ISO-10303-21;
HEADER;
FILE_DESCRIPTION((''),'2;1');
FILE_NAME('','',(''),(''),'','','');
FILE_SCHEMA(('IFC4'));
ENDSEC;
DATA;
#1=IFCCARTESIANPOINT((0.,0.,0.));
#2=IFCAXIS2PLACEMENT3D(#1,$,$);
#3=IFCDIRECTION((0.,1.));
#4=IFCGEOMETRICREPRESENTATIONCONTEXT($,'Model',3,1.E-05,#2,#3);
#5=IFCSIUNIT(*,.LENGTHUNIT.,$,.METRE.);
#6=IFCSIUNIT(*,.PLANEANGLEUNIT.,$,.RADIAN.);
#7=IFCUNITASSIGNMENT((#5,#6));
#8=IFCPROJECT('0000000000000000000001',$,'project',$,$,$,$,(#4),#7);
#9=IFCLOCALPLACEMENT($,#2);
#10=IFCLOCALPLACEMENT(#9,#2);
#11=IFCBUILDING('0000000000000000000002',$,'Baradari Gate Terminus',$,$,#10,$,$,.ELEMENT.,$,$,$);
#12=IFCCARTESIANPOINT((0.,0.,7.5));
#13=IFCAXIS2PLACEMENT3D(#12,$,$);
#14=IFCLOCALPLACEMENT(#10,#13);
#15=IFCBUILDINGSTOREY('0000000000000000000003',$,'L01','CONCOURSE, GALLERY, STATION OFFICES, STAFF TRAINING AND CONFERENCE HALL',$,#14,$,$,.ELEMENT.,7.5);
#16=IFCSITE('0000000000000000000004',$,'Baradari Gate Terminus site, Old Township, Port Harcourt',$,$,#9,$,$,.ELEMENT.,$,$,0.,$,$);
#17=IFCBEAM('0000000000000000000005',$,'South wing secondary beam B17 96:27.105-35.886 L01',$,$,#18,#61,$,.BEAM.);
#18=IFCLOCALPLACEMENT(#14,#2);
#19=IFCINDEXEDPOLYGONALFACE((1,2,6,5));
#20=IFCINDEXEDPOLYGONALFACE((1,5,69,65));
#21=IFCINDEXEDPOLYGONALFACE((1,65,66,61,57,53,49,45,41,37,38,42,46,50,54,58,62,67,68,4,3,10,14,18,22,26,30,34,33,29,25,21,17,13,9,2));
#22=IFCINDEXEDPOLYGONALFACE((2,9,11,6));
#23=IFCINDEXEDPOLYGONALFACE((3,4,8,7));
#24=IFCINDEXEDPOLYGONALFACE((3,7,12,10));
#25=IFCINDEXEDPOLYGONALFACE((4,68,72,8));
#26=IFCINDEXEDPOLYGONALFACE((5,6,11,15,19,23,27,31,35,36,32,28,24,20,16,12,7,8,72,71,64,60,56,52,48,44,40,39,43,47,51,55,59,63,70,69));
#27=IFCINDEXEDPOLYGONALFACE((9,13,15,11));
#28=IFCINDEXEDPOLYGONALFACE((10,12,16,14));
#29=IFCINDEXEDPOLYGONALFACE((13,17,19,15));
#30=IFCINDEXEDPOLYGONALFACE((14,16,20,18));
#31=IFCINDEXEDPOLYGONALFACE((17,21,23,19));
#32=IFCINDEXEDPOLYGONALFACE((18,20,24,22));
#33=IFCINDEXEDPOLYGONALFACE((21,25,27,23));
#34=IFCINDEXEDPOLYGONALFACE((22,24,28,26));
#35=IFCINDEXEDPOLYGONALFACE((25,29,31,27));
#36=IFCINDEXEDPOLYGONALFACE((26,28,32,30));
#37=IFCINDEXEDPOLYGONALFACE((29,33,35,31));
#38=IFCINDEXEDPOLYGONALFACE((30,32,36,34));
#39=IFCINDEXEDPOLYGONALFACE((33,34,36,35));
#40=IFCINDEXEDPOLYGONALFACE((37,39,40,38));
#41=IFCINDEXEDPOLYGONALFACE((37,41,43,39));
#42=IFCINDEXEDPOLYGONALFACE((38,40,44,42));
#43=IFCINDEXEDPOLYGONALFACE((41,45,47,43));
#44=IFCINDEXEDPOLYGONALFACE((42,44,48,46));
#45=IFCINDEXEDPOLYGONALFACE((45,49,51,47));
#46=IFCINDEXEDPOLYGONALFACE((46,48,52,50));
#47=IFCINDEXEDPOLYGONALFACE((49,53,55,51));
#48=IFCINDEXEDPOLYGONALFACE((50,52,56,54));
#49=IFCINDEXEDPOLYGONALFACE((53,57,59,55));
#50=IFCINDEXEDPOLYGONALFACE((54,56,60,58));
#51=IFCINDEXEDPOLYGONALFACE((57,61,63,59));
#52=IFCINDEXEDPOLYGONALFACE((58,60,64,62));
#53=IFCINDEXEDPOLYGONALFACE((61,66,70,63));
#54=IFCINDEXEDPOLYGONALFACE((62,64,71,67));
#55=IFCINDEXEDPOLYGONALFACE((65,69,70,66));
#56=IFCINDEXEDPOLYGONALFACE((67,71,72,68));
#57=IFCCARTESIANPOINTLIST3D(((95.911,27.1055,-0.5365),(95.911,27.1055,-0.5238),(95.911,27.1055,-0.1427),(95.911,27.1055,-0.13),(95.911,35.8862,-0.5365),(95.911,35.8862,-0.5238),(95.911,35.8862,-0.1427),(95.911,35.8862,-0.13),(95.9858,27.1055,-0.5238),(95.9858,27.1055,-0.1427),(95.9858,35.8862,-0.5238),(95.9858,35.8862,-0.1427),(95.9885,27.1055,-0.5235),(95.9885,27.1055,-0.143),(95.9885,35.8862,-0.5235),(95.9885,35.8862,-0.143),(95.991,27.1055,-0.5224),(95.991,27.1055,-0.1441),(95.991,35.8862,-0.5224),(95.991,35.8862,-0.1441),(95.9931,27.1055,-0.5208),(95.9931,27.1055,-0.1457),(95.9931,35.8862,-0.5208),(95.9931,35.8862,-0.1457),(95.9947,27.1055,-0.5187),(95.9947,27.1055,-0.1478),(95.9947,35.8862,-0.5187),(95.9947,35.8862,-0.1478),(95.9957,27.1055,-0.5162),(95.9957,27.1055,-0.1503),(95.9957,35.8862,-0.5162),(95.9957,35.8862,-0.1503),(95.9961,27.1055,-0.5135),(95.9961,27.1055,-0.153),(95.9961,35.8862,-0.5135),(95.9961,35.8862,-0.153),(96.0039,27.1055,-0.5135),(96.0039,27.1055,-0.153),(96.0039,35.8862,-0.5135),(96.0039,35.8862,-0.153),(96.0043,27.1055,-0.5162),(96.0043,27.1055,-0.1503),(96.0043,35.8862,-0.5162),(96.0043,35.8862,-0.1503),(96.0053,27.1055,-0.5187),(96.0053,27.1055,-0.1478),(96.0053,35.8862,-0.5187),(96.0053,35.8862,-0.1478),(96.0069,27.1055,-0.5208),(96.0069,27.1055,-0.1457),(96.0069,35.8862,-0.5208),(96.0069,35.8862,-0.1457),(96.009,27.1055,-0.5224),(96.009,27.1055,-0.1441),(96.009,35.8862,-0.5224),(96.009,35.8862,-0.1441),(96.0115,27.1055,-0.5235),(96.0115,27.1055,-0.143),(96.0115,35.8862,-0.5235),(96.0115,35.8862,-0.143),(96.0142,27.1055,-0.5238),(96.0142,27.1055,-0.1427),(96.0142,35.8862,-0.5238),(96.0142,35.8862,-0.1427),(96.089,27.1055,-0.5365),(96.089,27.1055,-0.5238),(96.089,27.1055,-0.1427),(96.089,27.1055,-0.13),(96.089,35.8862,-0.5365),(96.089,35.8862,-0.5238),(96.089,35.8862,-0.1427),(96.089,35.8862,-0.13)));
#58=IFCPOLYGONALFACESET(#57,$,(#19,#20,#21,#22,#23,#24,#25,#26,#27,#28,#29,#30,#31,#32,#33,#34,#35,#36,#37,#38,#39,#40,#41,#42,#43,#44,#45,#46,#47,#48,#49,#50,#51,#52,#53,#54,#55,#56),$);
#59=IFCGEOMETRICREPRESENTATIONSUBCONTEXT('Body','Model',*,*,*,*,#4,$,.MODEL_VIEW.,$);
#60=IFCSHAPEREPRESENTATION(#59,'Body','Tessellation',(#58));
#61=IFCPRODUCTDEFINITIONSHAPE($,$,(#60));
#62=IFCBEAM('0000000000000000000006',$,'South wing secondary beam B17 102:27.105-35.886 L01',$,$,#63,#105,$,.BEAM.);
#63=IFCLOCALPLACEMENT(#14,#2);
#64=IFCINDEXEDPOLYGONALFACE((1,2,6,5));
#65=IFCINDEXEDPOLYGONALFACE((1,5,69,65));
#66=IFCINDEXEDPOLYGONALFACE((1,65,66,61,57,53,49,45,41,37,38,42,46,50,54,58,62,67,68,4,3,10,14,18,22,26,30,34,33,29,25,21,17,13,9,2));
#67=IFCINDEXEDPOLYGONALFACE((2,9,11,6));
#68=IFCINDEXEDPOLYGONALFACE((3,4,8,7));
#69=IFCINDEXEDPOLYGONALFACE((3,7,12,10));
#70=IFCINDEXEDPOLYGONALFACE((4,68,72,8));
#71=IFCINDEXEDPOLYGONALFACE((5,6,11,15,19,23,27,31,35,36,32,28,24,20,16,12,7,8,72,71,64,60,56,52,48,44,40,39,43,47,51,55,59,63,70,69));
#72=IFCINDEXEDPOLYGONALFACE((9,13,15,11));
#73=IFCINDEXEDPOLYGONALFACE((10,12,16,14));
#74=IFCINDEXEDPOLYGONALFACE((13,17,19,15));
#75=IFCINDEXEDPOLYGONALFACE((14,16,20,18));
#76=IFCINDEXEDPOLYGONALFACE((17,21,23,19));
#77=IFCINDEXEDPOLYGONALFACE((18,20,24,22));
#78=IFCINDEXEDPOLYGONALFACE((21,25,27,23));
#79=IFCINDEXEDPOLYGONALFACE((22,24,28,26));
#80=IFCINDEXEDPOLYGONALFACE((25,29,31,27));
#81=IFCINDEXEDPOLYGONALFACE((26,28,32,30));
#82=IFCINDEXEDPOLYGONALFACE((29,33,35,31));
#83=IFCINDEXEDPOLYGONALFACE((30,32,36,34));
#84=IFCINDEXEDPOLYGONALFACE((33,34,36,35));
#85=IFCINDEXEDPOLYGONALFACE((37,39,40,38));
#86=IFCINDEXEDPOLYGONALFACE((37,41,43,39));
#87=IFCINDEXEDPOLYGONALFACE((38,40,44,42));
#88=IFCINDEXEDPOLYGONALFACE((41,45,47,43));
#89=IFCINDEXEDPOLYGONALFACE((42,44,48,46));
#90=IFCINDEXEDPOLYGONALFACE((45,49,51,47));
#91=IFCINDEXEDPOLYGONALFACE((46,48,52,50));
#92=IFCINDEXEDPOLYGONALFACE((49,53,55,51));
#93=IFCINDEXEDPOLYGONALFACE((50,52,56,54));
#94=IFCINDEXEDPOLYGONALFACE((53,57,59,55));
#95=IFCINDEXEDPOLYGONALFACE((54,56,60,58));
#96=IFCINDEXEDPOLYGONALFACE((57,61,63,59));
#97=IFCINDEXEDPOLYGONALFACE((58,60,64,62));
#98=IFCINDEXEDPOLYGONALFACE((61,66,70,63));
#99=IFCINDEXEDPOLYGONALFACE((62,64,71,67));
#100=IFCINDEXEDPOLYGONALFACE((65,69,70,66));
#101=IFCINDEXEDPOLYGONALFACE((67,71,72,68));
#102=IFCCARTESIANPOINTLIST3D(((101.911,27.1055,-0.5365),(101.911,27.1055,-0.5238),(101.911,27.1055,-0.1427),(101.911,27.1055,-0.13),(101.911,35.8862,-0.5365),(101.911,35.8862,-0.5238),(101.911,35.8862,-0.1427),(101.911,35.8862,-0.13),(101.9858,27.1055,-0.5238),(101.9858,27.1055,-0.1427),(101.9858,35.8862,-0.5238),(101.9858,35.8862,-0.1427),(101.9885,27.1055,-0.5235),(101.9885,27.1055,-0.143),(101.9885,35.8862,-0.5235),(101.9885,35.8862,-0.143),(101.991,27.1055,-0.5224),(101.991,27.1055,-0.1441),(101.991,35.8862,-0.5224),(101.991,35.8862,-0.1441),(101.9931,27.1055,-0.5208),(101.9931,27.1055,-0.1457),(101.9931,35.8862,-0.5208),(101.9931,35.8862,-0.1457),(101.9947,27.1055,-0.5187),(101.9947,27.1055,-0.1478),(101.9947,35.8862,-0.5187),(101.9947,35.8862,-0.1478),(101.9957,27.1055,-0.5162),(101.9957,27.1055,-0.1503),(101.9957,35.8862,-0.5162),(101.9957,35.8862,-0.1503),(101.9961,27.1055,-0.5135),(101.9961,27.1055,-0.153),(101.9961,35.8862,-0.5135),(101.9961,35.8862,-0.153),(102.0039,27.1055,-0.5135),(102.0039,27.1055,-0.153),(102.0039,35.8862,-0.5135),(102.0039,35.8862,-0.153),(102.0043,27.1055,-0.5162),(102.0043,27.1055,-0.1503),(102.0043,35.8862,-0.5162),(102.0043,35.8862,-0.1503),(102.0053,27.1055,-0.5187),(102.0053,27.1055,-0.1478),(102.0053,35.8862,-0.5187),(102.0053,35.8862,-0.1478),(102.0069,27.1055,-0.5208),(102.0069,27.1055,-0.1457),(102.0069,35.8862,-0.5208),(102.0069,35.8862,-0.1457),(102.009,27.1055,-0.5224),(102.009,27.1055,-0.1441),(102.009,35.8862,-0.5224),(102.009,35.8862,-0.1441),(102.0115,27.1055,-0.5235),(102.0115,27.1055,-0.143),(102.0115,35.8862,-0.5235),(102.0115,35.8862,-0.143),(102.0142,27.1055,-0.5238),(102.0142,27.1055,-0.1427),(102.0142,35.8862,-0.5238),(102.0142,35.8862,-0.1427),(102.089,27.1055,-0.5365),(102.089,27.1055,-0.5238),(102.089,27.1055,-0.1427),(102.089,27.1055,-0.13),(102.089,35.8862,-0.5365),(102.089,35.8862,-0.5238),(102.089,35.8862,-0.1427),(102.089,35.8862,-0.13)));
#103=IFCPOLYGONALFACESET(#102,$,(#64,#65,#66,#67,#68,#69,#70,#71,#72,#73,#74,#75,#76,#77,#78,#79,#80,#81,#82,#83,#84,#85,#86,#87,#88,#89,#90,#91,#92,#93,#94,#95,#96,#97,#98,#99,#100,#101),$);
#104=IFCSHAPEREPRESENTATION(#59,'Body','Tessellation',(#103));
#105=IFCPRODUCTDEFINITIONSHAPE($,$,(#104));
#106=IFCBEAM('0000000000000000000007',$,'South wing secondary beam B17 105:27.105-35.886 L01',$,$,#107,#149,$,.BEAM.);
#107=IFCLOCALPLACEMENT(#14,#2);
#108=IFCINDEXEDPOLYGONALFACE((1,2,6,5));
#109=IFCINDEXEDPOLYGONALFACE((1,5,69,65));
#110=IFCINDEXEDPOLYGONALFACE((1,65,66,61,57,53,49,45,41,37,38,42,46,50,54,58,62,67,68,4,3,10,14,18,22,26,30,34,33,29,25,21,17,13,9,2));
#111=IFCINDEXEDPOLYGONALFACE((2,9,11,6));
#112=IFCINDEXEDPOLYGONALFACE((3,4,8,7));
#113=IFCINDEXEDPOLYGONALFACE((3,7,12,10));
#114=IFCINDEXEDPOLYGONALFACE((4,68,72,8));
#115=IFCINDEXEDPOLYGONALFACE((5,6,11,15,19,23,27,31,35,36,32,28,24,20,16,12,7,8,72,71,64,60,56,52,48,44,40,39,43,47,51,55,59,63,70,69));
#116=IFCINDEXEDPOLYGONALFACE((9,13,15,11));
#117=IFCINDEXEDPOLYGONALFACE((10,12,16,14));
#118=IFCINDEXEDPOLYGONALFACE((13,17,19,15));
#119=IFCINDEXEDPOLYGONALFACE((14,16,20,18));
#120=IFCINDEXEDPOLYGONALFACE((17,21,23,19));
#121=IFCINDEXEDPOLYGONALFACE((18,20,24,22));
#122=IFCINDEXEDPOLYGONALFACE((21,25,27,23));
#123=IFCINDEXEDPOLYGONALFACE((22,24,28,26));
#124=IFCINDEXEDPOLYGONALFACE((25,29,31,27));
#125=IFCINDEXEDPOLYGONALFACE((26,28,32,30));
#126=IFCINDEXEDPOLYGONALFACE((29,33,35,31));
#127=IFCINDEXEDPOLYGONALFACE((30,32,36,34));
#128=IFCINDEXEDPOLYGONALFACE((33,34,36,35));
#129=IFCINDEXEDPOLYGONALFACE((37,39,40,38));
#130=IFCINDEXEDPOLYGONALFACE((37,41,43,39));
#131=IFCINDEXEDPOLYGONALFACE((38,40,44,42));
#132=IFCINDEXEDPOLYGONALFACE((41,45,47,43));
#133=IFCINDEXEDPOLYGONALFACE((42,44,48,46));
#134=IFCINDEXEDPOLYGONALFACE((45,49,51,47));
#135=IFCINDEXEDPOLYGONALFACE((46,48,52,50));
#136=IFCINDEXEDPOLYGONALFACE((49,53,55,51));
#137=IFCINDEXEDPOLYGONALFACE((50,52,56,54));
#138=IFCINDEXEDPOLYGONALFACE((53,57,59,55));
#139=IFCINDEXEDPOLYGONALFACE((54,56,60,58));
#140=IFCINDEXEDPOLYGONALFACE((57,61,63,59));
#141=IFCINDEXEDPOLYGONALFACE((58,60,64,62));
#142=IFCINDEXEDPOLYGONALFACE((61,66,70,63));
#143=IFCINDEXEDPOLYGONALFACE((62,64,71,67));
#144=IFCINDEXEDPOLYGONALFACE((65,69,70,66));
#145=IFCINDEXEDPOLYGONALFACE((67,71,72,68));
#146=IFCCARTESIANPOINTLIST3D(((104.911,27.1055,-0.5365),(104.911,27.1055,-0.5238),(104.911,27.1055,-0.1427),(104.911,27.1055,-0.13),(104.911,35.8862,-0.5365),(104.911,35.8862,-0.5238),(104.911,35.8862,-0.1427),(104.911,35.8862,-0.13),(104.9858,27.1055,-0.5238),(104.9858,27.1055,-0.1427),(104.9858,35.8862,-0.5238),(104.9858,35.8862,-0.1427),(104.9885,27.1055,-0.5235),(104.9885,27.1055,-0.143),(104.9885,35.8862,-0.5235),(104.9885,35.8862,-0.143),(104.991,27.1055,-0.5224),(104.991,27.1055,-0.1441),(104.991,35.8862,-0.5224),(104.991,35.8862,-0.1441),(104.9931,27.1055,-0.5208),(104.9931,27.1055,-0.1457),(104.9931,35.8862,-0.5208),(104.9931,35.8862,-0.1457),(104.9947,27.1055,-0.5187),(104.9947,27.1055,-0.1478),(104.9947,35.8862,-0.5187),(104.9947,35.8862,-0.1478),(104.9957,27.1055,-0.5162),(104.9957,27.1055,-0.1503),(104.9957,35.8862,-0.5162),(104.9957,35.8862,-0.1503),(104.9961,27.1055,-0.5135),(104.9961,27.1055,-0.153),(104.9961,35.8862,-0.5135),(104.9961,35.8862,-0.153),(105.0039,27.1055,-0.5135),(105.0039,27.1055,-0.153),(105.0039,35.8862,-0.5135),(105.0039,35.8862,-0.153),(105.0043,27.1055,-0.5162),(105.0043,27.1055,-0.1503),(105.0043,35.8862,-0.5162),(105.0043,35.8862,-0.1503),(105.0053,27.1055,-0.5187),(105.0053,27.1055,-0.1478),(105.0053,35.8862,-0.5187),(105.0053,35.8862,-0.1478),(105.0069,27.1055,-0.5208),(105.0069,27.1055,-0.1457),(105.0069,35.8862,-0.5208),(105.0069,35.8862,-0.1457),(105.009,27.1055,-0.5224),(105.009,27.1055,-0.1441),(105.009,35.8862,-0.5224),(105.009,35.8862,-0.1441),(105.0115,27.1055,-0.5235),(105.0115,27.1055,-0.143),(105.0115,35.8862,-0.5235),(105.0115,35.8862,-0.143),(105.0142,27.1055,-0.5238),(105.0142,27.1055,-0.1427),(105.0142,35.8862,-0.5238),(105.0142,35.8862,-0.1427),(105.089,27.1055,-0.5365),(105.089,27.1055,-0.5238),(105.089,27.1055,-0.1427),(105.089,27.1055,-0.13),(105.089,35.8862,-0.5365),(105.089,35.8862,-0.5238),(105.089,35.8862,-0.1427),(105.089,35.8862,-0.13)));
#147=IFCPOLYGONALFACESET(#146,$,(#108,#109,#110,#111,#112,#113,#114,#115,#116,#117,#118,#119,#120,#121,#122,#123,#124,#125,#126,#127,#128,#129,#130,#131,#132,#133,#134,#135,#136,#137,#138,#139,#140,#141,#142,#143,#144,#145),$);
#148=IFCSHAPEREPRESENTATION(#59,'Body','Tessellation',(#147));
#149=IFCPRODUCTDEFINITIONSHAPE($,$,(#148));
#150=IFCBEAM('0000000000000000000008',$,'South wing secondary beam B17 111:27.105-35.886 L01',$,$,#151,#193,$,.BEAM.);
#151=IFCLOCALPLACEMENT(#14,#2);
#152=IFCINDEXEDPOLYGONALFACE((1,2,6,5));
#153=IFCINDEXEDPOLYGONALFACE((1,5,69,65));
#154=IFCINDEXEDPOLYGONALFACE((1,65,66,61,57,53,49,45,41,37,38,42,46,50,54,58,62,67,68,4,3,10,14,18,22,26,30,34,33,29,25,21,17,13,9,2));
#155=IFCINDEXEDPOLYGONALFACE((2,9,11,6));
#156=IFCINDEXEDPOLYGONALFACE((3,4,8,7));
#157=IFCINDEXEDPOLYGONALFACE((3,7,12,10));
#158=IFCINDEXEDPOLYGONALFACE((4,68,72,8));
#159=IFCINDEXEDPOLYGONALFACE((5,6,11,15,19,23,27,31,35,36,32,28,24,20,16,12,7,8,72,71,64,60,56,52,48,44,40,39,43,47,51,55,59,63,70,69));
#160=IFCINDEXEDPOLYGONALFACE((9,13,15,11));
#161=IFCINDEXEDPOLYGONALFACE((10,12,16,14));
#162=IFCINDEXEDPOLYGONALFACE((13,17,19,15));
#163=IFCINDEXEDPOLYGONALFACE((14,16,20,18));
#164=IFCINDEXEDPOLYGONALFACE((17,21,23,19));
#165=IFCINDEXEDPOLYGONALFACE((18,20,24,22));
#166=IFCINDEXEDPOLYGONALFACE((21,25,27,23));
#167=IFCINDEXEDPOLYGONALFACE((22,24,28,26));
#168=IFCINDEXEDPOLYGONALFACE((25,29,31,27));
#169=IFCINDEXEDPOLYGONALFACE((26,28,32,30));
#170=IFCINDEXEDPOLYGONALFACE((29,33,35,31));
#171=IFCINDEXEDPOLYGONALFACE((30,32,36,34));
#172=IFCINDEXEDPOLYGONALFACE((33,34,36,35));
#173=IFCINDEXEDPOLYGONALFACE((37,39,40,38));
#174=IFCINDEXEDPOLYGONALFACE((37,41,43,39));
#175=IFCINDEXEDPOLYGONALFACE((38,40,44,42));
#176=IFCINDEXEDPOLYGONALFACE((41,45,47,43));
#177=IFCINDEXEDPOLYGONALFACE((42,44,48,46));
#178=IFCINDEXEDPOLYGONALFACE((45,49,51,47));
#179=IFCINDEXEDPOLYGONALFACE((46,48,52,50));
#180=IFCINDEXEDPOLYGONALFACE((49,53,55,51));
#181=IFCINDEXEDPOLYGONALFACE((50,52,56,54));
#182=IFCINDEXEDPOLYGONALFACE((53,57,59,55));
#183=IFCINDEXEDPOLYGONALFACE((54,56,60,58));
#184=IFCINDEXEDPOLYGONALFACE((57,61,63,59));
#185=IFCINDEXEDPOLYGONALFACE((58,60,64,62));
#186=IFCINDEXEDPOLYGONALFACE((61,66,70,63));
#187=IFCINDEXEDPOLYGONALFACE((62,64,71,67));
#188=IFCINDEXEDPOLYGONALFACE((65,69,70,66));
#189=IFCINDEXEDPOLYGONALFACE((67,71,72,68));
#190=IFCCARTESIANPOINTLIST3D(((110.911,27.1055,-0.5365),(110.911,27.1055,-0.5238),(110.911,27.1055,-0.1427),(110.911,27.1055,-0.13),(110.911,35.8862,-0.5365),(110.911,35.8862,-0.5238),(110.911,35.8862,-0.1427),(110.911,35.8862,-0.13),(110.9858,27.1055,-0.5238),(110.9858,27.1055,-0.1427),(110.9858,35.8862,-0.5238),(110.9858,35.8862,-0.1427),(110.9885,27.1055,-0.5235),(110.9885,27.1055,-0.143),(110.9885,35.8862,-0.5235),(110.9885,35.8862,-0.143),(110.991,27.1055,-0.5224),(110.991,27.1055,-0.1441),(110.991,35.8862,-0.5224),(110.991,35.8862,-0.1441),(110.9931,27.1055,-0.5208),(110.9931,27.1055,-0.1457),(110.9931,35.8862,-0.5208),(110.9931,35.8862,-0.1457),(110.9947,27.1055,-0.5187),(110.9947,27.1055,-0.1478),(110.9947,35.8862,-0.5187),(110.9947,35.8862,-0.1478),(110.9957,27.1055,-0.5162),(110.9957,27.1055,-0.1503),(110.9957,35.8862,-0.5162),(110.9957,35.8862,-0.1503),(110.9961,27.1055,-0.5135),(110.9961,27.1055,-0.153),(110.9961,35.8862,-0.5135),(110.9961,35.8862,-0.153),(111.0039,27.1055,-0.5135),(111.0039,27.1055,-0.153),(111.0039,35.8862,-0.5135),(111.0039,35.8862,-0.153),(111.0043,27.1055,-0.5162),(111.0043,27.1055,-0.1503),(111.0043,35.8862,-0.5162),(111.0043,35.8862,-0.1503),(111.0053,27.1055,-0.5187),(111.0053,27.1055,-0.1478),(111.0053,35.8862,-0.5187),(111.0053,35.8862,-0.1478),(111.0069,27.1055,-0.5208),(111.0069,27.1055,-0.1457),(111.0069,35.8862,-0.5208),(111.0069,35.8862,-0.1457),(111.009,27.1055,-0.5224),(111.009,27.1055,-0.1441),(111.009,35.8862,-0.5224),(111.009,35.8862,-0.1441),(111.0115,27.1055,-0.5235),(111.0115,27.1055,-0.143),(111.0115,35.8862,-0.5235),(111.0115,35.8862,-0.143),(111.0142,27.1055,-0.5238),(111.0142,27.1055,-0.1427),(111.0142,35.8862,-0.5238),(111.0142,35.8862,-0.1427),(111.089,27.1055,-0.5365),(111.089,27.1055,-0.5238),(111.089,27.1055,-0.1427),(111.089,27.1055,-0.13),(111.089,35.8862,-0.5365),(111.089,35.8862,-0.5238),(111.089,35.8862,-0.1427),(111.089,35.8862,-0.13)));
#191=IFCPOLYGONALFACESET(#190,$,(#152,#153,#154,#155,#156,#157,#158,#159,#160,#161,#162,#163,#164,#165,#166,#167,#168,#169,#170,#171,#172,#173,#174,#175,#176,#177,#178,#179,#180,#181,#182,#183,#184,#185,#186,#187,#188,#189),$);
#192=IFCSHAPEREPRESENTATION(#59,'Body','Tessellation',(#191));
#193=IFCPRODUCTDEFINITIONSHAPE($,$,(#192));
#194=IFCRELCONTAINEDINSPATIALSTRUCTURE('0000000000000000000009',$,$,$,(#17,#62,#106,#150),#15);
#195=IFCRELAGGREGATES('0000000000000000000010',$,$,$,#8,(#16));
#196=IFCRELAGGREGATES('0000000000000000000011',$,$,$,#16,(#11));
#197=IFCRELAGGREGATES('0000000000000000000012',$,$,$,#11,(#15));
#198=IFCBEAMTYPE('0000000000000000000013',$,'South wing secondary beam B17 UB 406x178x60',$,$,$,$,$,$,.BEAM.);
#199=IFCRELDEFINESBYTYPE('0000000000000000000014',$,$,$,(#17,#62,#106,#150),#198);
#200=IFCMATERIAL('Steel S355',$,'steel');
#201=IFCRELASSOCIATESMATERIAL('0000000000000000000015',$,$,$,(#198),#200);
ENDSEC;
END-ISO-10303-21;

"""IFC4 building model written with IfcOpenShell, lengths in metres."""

from ifc_helpers import new_model, si_unit, direction, frame, origin, origin_2d, place, context, subcontext, project, spatial, i_section, extrude, material, material_profile, profile_set, type_object, element, save


model = new_model("IFC4")

# Units and contexts
model_context = context("Model", 3, precision=1e-05, world=origin(), true_north=direction((0.0, 1.0)))
body_context = subcontext(model_context, "Body", "Model", "MODEL_VIEW")
ifc_project = project(units=[si_unit("LENGTHUNIT", "METRE"), si_unit("PLANEANGLEUNIT", "RADIAN")], contexts=[model_context])

# Site, building, storey
site_placement = place(None, origin())
site = spatial("IfcSite", under=ifc_project, at=site_placement, Name="Baradari Gate Terminus site, Old Township, Port Harcourt", CompositionType="ELEMENT", RefElevation=0.0)
building_placement = place(site_placement, origin())
building = spatial("IfcBuilding", under=site, at=building_placement, Name="Baradari Gate Terminus", CompositionType="ELEMENT")
storey_placement = place(building_placement, frame((0.0, 0.0, 7.5)))
storey = spatial("IfcBuildingStorey", under=building, at=storey_placement, Name="L01", Description="CONCOURSE, GALLERY, STATION OFFICES, STAFF TRAINING AND CONFERENCE HALL", CompositionType="ELEMENT", Elevation=7.5)

# Beams
ifc_material_1 = material(Name="Steel S355", Category="steel")
ifc_material_profile_1 = material_profile(ifc_material_1, i_section(OverallWidth=0.178, OverallDepth=0.4065, WebThickness=0.0078, FlangeThickness=0.0127, FilletRadius=0.0103, at=origin_2d()), Name="UB 406x178x60")
ifc_profile_set_1 = profile_set([ifc_material_profile_1], Name="Steel S355")
beam_type_1 = type_object("IfcBeamType", Name="South wing secondary beam B17 UB 406x178x60", PredefinedType="BEAM", material=ifc_profile_set_1)
for number, where, z_axis, x_axis, name in (
    (1, (96.0, 27.1055, -0.3333), (0.0, 1.0, 0.0), (-1.0, 0.0, 0.0), "South wing secondary beam B17 96:27.105-35.886 L01"),
    (2, (102.0, 27.1055, -0.3333), (0.0, 1.0, 0.0), (-1.0, 0.0, 0.0), "South wing secondary beam B17 102:27.105-35.886 L01"),
    (3, (105.0, 27.1055, -0.3333), (0.0, 1.0, 0.0), (-1.0, 0.0, 0.0), "South wing secondary beam B17 105:27.105-35.886 L01"),
    (4, (111.0, 27.1055, -0.3333), (0.0, 1.0, 0.0), (-1.0, 0.0, 0.0), "South wing secondary beam B17 111:27.105-35.886 L01"),
):
    element("IfcBeam", number, at=place(storey_placement, frame(where, z_axis=z_axis, x_axis=x_axis)), inside=storey, type_object=beam_type_1, Name=name, PredefinedType="BEAM", context=body_context, shape_type="SweptSolid", body=[
        extrude(i_section(OverallWidth=0.178, OverallDepth=0.4065, WebThickness=0.0078, FlangeThickness=0.0127, FilletRadius=0.0103, at=origin_2d()), origin(), (0.0, 0.0, 1.0), 8.7808),
    ])

save(model, "model.ifc")
